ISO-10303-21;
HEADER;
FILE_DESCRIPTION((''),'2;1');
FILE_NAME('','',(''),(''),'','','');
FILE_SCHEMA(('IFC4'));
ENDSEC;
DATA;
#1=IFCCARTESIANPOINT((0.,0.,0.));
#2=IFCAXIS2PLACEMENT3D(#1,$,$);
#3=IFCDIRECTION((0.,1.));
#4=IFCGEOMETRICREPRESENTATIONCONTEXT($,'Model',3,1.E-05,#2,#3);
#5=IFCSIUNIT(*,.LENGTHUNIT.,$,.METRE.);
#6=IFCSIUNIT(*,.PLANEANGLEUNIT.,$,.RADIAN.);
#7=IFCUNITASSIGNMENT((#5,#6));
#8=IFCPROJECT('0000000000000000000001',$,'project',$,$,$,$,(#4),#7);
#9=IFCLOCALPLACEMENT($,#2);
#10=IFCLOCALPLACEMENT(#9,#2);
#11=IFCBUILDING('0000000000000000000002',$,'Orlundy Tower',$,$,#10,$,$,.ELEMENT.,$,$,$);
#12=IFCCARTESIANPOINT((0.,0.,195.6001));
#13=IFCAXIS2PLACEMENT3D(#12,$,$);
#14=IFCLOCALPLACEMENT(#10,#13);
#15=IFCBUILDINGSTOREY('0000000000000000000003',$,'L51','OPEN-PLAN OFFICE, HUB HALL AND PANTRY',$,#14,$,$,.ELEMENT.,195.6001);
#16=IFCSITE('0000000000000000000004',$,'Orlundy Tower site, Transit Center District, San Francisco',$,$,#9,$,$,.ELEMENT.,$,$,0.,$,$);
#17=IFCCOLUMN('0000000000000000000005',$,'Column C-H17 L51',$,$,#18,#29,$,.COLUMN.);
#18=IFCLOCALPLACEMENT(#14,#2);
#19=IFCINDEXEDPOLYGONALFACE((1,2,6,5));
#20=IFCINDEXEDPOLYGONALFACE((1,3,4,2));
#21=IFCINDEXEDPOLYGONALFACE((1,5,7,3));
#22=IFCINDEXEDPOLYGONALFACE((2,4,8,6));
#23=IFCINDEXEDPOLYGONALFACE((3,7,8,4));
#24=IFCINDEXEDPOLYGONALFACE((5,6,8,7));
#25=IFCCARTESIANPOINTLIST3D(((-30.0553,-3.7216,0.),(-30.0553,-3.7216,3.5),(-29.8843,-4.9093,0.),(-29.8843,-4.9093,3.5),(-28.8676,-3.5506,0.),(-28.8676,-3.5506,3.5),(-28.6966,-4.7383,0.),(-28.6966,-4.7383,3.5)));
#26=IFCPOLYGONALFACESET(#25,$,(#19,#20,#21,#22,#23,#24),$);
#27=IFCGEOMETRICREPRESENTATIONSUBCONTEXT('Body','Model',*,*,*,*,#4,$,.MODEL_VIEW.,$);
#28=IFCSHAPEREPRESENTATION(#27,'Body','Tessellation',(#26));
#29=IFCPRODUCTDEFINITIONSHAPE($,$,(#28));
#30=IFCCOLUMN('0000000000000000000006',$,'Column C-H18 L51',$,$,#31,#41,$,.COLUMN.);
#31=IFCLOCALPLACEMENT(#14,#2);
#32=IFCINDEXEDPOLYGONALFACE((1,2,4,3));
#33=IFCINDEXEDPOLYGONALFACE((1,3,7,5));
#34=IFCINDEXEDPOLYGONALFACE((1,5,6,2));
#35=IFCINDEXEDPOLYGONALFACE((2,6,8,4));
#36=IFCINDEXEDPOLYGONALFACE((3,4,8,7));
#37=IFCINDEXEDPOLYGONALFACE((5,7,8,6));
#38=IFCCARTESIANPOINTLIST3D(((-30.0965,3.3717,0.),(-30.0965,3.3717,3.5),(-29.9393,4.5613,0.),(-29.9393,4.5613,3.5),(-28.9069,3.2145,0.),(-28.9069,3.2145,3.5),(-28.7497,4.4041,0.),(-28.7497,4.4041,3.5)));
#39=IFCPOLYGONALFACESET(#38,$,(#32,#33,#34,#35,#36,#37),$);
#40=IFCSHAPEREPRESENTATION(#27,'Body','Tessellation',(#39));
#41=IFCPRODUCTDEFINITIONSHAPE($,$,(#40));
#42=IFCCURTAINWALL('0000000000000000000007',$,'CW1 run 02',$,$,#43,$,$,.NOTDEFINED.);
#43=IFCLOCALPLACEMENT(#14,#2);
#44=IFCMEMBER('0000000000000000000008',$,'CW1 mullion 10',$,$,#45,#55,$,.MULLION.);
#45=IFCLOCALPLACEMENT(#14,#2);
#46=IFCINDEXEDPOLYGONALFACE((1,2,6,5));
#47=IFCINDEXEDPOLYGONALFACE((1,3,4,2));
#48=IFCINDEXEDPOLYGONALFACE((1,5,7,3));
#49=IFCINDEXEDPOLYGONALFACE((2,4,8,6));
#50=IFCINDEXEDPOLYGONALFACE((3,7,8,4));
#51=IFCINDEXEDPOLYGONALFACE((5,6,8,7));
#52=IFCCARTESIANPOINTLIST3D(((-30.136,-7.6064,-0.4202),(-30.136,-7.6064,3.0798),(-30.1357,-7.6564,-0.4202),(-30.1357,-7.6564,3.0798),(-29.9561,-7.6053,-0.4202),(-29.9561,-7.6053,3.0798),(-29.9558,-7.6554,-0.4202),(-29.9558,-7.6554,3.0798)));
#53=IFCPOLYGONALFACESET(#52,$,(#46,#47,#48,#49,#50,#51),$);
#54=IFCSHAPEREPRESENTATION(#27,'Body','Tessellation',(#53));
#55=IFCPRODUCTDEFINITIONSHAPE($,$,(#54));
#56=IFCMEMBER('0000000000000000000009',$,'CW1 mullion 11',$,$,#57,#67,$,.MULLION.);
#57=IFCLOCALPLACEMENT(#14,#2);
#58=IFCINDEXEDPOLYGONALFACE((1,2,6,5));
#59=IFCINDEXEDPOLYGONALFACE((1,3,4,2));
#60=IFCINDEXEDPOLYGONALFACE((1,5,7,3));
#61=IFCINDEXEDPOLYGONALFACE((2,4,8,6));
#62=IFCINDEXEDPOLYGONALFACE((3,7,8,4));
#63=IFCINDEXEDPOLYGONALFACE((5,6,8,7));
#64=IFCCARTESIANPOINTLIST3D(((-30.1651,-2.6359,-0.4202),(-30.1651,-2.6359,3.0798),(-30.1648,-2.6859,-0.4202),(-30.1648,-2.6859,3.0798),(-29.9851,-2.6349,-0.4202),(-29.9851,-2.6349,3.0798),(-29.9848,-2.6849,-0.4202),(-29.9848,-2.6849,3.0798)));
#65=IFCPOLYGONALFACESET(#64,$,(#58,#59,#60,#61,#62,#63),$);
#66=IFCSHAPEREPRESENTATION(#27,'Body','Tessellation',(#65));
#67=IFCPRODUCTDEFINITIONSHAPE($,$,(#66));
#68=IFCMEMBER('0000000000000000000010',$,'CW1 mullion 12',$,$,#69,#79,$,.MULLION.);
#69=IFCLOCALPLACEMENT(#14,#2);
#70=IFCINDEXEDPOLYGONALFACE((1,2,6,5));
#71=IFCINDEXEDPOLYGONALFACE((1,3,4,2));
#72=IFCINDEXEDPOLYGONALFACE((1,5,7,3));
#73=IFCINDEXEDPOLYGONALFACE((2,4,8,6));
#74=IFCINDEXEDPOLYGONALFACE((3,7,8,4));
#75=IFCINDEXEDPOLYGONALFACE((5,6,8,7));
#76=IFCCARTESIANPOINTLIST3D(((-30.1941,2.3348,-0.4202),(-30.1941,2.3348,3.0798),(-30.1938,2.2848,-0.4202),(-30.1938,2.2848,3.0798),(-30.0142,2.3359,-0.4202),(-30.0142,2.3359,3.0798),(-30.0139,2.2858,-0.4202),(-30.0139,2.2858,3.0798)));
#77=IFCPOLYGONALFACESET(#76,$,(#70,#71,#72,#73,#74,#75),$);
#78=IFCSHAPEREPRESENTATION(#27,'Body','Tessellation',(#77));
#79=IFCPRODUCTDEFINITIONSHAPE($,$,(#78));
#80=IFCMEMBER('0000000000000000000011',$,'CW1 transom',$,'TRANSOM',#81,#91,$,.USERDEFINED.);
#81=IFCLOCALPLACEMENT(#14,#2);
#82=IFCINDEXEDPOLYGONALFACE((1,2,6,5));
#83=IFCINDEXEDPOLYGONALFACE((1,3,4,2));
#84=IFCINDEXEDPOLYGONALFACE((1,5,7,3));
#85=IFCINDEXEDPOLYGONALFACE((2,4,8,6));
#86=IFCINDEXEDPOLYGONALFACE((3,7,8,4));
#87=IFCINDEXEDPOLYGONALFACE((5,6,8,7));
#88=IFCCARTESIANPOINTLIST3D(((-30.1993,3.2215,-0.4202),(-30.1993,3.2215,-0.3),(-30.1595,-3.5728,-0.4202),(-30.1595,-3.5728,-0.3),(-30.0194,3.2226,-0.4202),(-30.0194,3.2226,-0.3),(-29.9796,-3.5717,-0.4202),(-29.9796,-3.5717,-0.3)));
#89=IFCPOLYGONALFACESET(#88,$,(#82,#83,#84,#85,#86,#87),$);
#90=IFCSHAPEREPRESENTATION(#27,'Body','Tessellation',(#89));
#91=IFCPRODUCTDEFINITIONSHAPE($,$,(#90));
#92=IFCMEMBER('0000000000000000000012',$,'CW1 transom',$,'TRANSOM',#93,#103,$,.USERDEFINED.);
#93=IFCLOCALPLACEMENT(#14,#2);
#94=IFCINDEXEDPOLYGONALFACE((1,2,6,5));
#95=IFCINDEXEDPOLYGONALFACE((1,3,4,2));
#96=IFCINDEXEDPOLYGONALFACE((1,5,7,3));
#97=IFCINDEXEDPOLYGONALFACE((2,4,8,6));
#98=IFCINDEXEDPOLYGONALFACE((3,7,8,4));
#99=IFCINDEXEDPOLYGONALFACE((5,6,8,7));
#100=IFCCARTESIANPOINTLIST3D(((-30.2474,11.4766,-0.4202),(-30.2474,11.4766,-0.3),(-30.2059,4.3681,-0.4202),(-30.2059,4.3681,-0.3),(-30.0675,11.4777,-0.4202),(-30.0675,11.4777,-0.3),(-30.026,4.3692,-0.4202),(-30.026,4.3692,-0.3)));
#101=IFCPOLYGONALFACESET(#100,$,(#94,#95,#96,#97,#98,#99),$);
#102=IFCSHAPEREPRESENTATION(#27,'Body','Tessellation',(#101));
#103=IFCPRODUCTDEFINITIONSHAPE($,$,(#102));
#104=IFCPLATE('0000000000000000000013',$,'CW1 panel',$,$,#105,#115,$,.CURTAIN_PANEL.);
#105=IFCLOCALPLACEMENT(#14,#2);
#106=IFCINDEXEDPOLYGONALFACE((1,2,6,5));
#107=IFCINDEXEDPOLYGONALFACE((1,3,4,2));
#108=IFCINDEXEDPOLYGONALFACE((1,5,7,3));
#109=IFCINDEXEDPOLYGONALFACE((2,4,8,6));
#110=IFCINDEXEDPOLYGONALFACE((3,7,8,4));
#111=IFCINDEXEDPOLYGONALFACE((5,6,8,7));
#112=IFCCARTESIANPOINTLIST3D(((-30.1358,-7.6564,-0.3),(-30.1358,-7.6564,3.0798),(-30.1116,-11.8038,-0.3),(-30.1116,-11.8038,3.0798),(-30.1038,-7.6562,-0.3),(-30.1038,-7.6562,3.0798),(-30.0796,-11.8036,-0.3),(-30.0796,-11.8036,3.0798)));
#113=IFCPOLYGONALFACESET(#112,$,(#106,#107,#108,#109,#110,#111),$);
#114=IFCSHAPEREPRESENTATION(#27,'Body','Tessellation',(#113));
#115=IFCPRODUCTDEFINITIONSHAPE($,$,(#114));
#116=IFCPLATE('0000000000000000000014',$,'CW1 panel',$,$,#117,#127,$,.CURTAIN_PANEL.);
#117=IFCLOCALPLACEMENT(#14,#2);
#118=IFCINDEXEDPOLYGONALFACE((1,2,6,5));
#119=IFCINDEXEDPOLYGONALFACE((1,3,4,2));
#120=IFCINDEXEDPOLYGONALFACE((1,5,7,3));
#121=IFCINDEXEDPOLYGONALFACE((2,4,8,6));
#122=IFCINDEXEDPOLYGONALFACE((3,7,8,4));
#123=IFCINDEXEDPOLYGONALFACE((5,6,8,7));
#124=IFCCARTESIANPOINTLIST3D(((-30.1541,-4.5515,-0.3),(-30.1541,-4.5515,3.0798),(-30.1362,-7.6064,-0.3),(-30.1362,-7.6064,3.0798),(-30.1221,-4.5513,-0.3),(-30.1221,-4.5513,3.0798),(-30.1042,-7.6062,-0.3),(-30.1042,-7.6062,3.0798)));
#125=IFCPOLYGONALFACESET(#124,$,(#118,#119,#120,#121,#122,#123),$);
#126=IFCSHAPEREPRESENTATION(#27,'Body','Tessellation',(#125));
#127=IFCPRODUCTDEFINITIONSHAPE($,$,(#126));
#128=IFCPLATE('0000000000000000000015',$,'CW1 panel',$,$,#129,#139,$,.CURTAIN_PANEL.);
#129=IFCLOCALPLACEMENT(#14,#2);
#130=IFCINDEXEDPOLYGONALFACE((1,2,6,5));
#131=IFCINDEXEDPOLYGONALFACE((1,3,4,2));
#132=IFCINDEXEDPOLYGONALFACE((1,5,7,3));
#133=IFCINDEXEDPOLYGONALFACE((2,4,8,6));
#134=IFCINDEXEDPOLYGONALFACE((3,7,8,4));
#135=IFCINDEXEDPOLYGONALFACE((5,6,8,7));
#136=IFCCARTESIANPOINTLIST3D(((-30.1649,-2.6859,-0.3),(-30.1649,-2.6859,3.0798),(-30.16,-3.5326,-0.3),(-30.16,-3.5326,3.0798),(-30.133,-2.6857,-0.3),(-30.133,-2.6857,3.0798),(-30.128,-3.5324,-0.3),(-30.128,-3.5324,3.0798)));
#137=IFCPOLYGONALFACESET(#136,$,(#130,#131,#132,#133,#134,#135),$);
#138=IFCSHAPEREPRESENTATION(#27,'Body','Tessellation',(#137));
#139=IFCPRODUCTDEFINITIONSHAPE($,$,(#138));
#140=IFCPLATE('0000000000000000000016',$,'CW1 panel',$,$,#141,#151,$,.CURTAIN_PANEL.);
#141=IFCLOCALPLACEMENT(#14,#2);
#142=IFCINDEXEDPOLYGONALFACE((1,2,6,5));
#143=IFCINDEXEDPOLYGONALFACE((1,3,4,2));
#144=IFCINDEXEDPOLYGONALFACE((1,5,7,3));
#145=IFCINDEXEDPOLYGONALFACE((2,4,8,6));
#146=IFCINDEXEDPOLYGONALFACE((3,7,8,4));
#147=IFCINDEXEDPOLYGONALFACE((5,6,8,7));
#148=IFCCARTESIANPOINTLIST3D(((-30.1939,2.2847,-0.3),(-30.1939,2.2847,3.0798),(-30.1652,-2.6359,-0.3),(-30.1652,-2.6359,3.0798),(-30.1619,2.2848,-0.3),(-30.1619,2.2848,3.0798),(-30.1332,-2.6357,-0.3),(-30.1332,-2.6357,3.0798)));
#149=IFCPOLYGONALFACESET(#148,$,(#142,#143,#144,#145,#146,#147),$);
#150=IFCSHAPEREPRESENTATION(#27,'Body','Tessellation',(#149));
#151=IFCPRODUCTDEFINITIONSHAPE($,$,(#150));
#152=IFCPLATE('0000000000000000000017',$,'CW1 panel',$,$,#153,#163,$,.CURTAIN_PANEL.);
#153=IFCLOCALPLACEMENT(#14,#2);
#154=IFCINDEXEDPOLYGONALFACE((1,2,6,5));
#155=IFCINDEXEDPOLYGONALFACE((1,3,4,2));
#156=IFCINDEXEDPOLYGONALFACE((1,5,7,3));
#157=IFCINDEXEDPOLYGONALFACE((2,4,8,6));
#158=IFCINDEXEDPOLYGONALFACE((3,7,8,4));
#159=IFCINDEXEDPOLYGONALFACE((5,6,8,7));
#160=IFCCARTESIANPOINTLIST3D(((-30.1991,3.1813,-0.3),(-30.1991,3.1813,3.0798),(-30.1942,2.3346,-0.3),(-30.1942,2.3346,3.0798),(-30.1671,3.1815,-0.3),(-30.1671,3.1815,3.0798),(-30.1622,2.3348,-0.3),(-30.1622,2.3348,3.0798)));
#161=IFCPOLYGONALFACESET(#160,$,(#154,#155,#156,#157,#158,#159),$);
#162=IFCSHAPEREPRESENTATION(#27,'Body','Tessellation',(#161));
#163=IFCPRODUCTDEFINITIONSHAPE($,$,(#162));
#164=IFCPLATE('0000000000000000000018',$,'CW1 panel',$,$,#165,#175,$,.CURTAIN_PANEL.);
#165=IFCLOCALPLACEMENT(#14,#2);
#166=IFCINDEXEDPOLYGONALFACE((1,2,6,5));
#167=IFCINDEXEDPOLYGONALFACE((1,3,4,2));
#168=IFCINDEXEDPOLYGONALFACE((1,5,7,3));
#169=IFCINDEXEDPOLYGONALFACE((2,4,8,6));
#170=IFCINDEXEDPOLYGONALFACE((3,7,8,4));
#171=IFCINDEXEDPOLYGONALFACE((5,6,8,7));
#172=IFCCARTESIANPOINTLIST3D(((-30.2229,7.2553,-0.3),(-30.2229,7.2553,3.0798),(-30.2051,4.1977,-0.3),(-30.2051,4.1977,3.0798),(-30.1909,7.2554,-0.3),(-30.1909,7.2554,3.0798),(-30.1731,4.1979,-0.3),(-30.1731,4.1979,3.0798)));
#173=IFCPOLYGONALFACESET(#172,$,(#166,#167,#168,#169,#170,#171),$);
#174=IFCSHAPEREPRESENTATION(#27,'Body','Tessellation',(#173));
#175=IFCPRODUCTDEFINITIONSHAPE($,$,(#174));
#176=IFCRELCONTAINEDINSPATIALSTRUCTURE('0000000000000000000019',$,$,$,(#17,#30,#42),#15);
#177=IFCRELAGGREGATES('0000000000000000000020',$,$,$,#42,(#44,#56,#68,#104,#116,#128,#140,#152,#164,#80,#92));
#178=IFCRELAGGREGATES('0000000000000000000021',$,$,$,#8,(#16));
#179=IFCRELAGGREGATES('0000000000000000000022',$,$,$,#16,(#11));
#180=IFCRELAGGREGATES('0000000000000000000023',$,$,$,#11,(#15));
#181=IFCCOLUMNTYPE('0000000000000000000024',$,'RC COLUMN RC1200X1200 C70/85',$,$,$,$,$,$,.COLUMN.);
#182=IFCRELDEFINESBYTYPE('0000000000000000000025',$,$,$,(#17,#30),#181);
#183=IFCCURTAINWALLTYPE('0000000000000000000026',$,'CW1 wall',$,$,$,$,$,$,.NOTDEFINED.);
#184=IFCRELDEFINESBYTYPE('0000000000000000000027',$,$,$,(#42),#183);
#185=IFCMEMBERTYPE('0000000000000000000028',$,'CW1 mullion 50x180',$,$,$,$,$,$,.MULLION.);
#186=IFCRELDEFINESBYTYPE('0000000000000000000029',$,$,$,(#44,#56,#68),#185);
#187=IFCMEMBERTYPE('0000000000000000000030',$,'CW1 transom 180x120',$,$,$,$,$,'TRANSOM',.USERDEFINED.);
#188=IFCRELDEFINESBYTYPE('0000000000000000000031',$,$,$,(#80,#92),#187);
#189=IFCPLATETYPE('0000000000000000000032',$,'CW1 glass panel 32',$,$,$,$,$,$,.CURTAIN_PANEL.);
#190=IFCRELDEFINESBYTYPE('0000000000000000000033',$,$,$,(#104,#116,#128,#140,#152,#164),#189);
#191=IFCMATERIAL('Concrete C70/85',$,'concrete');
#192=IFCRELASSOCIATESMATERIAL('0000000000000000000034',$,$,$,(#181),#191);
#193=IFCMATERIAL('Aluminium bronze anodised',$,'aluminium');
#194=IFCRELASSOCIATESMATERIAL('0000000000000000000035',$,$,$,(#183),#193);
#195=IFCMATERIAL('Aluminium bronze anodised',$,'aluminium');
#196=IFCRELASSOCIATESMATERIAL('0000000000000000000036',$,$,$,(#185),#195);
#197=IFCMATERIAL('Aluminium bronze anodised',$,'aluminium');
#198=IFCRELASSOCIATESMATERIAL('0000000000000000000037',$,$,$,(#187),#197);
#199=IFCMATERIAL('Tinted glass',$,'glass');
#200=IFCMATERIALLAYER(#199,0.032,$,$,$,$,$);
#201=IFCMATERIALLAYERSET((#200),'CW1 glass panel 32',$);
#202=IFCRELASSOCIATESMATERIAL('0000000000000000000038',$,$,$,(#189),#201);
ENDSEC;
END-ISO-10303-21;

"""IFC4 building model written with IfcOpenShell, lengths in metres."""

from ifc_helpers import new_model, si_unit, direction, frame, origin, origin_2d, place, context, subcontext, project, spatial, rectangle, extrude, material, layer, layer_set, material_profile, profile_set, type_object, element, aggregate, save


model = new_model("IFC4")

# Units and contexts
model_context = context("Model", 3, precision=1e-05, world=origin(), true_north=direction((0.0, 1.0)))
body_context = subcontext(model_context, "Body", "Model", "MODEL_VIEW")
ifc_project = project(units=[si_unit("LENGTHUNIT", "METRE"), si_unit("PLANEANGLEUNIT", "RADIAN")], contexts=[model_context])

# Site, building, storey
site_placement = place(None, origin())
site = spatial("IfcSite", under=ifc_project, at=site_placement, Name="Orlundy Tower site, Transit Center District, San Francisco", CompositionType="ELEMENT", RefElevation=0.0)
building_placement = place(site_placement, origin())
building = spatial("IfcBuilding", under=site, at=building_placement, Name="Orlundy Tower", CompositionType="ELEMENT")
storey_placement = place(building_placement, frame((0.0, 0.0, 195.6001)))
storey = spatial("IfcBuildingStorey", under=building, at=storey_placement, Name="L51", Description="OPEN-PLAN OFFICE, HUB HALL AND PANTRY", CompositionType="ELEMENT", Elevation=195.6001)

# Columns
ifc_material_1 = material(Name="Concrete C70/85", Category="concrete")
ifc_material_profile_1 = material_profile(ifc_material_1, rectangle(XDim=1.2, YDim=1.2, at=origin_2d()), Name="RC1200X1200")
ifc_profile_set_1 = profile_set([ifc_material_profile_1], Name="Concrete C70/85")
column_type = type_object("IfcColumnType", Name="RC COLUMN RC1200X1200 C70/85", PredefinedType="COLUMN", material=ifc_profile_set_1)
for number, where, z_axis, x_axis, name in (
    (1, (-29.376, -4.23, 0.0), (0.0, 0.0, 1.0), (-0.989791, -0.142525, 0.0), "Column C-H17 L51"),
    (2, (-29.4231, 3.8879, 0.0), (0.0, 0.0, 1.0), (-0.991381, 0.131011, 0.0), "Column C-H18 L51"),
):
    element("IfcColumn", number, at=place(storey_placement, frame(where, z_axis=z_axis, x_axis=x_axis)), inside=storey, type_object=column_type, Name=name, PredefinedType="COLUMN", context=body_context, shape_type="SweptSolid", body=[
        extrude(rectangle(XDim=1.2, YDim=1.2, at=origin_2d()), origin(), (0.0, 0.0, 1.0), 3.5),
    ])

# Curtain wall, members, plates
ifc_material_2 = material(Name="Aluminium bronze anodised", Category="aluminium")
curtain_wall_type = type_object("IfcCurtainWallType", Name="CW1 wall", PredefinedType="NOTDEFINED", material=ifc_material_2)
curtain_wall_placement = place(storey_placement, origin())
curtain_wall = element("IfcCurtainWall", 3, at=curtain_wall_placement, inside=storey, type_object=curtain_wall_type, Name="CW1 run 02", PredefinedType="NOTDEFINED")
ifc_material_3 = material(Name="Aluminium bronze anodised", Category="aluminium")
ifc_material_profile_2 = material_profile(ifc_material_3, rectangle(XDim=0.1799, YDim=0.05, at=origin_2d()), Name="CW1 mullion 50x180")
ifc_profile_set_2 = profile_set([ifc_material_profile_2], Name="Aluminium bronze anodised")
member_type_1 = type_object("IfcMemberType", Name="CW1 mullion 50x180", PredefinedType="MULLION", material=ifc_profile_set_2)
member_1_placement = place(storey_placement, frame((-30.0459, -7.6309, -0.4202), z_axis=(0.0, 0.0, 1.0), x_axis=(-0.999983, -0.005834, 0.0)))
member_1 = element("IfcMember", 4, at=member_1_placement, type_object=member_type_1, Name="CW1 mullion 10", PredefinedType="MULLION", context=body_context, shape_type="SweptSolid", body=[
    extrude(rectangle(XDim=0.1799, YDim=0.05, at=origin_2d()), origin(), (0.0, 0.0, 1.0), 3.5),
])
member_2_placement = place(storey_placement, frame((-30.075, -2.6604, -0.4202), z_axis=(0.0, 0.0, 1.0), x_axis=(-0.999983, -0.005834, 0.0)))
member_2 = element("IfcMember", 5, at=member_2_placement, type_object=member_type_1, Name="CW1 mullion 11", PredefinedType="MULLION", context=body_context, shape_type="SweptSolid", body=[
    extrude(rectangle(XDim=0.1799, YDim=0.05, at=origin_2d()), origin(), (0.0, 0.0, 1.0), 3.5),
])
member_3_placement = place(storey_placement, frame((-30.104, 2.3103, -0.4202), z_axis=(0.0, 0.0, 1.0), x_axis=(-0.999983, -0.005834, 0.0)))
member_3 = element("IfcMember", 6, at=member_3_placement, type_object=member_type_1, Name="CW1 mullion 12", PredefinedType="MULLION", context=body_context, shape_type="SweptSolid", body=[
    extrude(rectangle(XDim=0.1799, YDim=0.05, at=origin_2d()), origin(), (0.0, 0.0, 1.0), 3.5),
])
ifc_material_4 = material(Name="Aluminium bronze anodised", Category="aluminium")
ifc_material_profile_3 = material_profile(ifc_material_4, rectangle(XDim=0.1799, YDim=0.1201, at=origin_2d()), Name="CW1 transom 180x120")
ifc_profile_set_3 = profile_set([ifc_material_profile_3], Name="Aluminium bronze anodised")
member_type_2 = type_object("IfcMemberType", Name="CW1 transom 180x120", ElementType="TRANSOM", PredefinedType="USERDEFINED", material=ifc_profile_set_3)
member_4_placement = place(storey_placement, frame((-30.0696, -3.5723, -0.3601), z_axis=(-0.005857, 0.999983, 0.0), x_axis=(-0.999983, -0.005857, 0.0)))
member_4 = element("IfcMember", 7, at=member_4_placement, type_object=member_type_2, Name="CW1 transom", ObjectType="TRANSOM", PredefinedType="USERDEFINED", context=body_context, shape_type="SweptSolid", body=[
    extrude(rectangle(XDim=0.1799, YDim=0.1201, at=origin_2d()), origin(), (0.0, 0.0, 1.0), 6.7944),
])
member_5_placement = place(storey_placement, frame((-30.116, 4.3687, -0.3601), z_axis=(-0.005838, 0.999983, 0.0), x_axis=(-0.999983, -0.005838, 0.0)))
member_5 = element("IfcMember", 8, at=member_5_placement, type_object=member_type_2, Name="CW1 transom", ObjectType="TRANSOM", PredefinedType="USERDEFINED", context=body_context, shape_type="SweptSolid", body=[
    extrude(rectangle(XDim=0.1799, YDim=0.1201, at=origin_2d()), origin(), (0.0, 0.0, 1.0), 7.1086),
])
ifc_material_5 = material(Name="Tinted glass", Category="glass")
ifc_layer_1 = layer(ifc_material_5, 0.032)
ifc_layer_set_1 = layer_set([ifc_layer_1], Name="CW1 glass panel 32")
plate_type = type_object("IfcPlateType", Name="CW1 glass panel 32", PredefinedType="CURTAIN_PANEL", material=ifc_layer_set_1)
plate_1_placement = place(storey_placement, frame((-30.1077, -9.73, -0.3), z_axis=(0.0, 0.0, 1.0), x_axis=(-0.005834, 0.999983, 0.0)))
plate_1 = element("IfcPlate", 9, at=plate_1_placement, type_object=plate_type, Name="CW1 panel", PredefinedType="CURTAIN_PANEL", context=body_context, shape_type="SweptSolid", body=[
    extrude(rectangle(XDim=4.1475, YDim=0.032, at=origin_2d()), origin(), (0.0, 0.0, 1.0), 3.3799),
])
plate_2_placement = place(storey_placement, frame((-30.1292, -6.0789, -0.3), z_axis=(0.0, 0.0, 1.0), x_axis=(-0.005834, 0.999983, 0.0)))
plate_2 = element("IfcPlate", 10, at=plate_2_placement, type_object=plate_type, Name="CW1 panel", PredefinedType="CURTAIN_PANEL", context=body_context, shape_type="SweptSolid", body=[
    extrude(rectangle(XDim=3.0549, YDim=0.032, at=origin_2d()), origin(), (0.0, 0.0, 1.0), 3.3799),
])
plate_3_placement = place(storey_placement, frame((-30.1465, -3.1091, -0.3), z_axis=(0.0, 0.0, 1.0), x_axis=(-0.005834, 0.999983, 0.0)))
plate_3 = element("IfcPlate", 11, at=plate_3_placement, type_object=plate_type, Name="CW1 panel", PredefinedType="CURTAIN_PANEL", context=body_context, shape_type="SweptSolid", body=[
    extrude(rectangle(XDim=0.8467, YDim=0.032, at=origin_2d()), origin(), (0.0, 0.0, 1.0), 3.3799),
])
plate_4_placement = place(storey_placement, frame((-30.1636, -0.1755, -0.3), z_axis=(0.0, 0.0, 1.0), x_axis=(-0.005834, 0.999983, 0.0)))
plate_4 = element("IfcPlate", 12, at=plate_4_placement, type_object=plate_type, Name="CW1 panel", PredefinedType="CURTAIN_PANEL", context=body_context, shape_type="SweptSolid", body=[
    extrude(rectangle(XDim=4.9207, YDim=0.032, at=origin_2d()), origin(), (0.0, 0.0, 1.0), 3.3799),
])
plate_5_placement = place(storey_placement, frame((-30.1807, 2.7581, -0.3), z_axis=(0.0, 0.0, 1.0), x_axis=(-0.005834, 0.999983, 0.0)))
plate_5 = element("IfcPlate", 13, at=plate_5_placement, type_object=plate_type, Name="CW1 panel", PredefinedType="CURTAIN_PANEL", context=body_context, shape_type="SweptSolid", body=[
    extrude(rectangle(XDim=0.8467, YDim=0.032, at=origin_2d()), origin(), (0.0, 0.0, 1.0), 3.3799),
])
plate_6_placement = place(storey_placement, frame((-30.198, 5.7266, -0.3), z_axis=(0.0, 0.0, 1.0), x_axis=(-0.005834, 0.999983, 0.0)))
plate_6 = element("IfcPlate", 14, at=plate_6_placement, type_object=plate_type, Name="CW1 panel", PredefinedType="CURTAIN_PANEL", context=body_context, shape_type="SweptSolid", body=[
    extrude(rectangle(XDim=3.0576, YDim=0.032, at=origin_2d()), origin(), (0.0, 0.0, 1.0), 3.3799),
])
aggregate(curtain_wall, [member_1, member_2, member_3, plate_1, plate_2, plate_3, plate_4, plate_5, plate_6, member_4, member_5])

save(model, "model.ifc")
